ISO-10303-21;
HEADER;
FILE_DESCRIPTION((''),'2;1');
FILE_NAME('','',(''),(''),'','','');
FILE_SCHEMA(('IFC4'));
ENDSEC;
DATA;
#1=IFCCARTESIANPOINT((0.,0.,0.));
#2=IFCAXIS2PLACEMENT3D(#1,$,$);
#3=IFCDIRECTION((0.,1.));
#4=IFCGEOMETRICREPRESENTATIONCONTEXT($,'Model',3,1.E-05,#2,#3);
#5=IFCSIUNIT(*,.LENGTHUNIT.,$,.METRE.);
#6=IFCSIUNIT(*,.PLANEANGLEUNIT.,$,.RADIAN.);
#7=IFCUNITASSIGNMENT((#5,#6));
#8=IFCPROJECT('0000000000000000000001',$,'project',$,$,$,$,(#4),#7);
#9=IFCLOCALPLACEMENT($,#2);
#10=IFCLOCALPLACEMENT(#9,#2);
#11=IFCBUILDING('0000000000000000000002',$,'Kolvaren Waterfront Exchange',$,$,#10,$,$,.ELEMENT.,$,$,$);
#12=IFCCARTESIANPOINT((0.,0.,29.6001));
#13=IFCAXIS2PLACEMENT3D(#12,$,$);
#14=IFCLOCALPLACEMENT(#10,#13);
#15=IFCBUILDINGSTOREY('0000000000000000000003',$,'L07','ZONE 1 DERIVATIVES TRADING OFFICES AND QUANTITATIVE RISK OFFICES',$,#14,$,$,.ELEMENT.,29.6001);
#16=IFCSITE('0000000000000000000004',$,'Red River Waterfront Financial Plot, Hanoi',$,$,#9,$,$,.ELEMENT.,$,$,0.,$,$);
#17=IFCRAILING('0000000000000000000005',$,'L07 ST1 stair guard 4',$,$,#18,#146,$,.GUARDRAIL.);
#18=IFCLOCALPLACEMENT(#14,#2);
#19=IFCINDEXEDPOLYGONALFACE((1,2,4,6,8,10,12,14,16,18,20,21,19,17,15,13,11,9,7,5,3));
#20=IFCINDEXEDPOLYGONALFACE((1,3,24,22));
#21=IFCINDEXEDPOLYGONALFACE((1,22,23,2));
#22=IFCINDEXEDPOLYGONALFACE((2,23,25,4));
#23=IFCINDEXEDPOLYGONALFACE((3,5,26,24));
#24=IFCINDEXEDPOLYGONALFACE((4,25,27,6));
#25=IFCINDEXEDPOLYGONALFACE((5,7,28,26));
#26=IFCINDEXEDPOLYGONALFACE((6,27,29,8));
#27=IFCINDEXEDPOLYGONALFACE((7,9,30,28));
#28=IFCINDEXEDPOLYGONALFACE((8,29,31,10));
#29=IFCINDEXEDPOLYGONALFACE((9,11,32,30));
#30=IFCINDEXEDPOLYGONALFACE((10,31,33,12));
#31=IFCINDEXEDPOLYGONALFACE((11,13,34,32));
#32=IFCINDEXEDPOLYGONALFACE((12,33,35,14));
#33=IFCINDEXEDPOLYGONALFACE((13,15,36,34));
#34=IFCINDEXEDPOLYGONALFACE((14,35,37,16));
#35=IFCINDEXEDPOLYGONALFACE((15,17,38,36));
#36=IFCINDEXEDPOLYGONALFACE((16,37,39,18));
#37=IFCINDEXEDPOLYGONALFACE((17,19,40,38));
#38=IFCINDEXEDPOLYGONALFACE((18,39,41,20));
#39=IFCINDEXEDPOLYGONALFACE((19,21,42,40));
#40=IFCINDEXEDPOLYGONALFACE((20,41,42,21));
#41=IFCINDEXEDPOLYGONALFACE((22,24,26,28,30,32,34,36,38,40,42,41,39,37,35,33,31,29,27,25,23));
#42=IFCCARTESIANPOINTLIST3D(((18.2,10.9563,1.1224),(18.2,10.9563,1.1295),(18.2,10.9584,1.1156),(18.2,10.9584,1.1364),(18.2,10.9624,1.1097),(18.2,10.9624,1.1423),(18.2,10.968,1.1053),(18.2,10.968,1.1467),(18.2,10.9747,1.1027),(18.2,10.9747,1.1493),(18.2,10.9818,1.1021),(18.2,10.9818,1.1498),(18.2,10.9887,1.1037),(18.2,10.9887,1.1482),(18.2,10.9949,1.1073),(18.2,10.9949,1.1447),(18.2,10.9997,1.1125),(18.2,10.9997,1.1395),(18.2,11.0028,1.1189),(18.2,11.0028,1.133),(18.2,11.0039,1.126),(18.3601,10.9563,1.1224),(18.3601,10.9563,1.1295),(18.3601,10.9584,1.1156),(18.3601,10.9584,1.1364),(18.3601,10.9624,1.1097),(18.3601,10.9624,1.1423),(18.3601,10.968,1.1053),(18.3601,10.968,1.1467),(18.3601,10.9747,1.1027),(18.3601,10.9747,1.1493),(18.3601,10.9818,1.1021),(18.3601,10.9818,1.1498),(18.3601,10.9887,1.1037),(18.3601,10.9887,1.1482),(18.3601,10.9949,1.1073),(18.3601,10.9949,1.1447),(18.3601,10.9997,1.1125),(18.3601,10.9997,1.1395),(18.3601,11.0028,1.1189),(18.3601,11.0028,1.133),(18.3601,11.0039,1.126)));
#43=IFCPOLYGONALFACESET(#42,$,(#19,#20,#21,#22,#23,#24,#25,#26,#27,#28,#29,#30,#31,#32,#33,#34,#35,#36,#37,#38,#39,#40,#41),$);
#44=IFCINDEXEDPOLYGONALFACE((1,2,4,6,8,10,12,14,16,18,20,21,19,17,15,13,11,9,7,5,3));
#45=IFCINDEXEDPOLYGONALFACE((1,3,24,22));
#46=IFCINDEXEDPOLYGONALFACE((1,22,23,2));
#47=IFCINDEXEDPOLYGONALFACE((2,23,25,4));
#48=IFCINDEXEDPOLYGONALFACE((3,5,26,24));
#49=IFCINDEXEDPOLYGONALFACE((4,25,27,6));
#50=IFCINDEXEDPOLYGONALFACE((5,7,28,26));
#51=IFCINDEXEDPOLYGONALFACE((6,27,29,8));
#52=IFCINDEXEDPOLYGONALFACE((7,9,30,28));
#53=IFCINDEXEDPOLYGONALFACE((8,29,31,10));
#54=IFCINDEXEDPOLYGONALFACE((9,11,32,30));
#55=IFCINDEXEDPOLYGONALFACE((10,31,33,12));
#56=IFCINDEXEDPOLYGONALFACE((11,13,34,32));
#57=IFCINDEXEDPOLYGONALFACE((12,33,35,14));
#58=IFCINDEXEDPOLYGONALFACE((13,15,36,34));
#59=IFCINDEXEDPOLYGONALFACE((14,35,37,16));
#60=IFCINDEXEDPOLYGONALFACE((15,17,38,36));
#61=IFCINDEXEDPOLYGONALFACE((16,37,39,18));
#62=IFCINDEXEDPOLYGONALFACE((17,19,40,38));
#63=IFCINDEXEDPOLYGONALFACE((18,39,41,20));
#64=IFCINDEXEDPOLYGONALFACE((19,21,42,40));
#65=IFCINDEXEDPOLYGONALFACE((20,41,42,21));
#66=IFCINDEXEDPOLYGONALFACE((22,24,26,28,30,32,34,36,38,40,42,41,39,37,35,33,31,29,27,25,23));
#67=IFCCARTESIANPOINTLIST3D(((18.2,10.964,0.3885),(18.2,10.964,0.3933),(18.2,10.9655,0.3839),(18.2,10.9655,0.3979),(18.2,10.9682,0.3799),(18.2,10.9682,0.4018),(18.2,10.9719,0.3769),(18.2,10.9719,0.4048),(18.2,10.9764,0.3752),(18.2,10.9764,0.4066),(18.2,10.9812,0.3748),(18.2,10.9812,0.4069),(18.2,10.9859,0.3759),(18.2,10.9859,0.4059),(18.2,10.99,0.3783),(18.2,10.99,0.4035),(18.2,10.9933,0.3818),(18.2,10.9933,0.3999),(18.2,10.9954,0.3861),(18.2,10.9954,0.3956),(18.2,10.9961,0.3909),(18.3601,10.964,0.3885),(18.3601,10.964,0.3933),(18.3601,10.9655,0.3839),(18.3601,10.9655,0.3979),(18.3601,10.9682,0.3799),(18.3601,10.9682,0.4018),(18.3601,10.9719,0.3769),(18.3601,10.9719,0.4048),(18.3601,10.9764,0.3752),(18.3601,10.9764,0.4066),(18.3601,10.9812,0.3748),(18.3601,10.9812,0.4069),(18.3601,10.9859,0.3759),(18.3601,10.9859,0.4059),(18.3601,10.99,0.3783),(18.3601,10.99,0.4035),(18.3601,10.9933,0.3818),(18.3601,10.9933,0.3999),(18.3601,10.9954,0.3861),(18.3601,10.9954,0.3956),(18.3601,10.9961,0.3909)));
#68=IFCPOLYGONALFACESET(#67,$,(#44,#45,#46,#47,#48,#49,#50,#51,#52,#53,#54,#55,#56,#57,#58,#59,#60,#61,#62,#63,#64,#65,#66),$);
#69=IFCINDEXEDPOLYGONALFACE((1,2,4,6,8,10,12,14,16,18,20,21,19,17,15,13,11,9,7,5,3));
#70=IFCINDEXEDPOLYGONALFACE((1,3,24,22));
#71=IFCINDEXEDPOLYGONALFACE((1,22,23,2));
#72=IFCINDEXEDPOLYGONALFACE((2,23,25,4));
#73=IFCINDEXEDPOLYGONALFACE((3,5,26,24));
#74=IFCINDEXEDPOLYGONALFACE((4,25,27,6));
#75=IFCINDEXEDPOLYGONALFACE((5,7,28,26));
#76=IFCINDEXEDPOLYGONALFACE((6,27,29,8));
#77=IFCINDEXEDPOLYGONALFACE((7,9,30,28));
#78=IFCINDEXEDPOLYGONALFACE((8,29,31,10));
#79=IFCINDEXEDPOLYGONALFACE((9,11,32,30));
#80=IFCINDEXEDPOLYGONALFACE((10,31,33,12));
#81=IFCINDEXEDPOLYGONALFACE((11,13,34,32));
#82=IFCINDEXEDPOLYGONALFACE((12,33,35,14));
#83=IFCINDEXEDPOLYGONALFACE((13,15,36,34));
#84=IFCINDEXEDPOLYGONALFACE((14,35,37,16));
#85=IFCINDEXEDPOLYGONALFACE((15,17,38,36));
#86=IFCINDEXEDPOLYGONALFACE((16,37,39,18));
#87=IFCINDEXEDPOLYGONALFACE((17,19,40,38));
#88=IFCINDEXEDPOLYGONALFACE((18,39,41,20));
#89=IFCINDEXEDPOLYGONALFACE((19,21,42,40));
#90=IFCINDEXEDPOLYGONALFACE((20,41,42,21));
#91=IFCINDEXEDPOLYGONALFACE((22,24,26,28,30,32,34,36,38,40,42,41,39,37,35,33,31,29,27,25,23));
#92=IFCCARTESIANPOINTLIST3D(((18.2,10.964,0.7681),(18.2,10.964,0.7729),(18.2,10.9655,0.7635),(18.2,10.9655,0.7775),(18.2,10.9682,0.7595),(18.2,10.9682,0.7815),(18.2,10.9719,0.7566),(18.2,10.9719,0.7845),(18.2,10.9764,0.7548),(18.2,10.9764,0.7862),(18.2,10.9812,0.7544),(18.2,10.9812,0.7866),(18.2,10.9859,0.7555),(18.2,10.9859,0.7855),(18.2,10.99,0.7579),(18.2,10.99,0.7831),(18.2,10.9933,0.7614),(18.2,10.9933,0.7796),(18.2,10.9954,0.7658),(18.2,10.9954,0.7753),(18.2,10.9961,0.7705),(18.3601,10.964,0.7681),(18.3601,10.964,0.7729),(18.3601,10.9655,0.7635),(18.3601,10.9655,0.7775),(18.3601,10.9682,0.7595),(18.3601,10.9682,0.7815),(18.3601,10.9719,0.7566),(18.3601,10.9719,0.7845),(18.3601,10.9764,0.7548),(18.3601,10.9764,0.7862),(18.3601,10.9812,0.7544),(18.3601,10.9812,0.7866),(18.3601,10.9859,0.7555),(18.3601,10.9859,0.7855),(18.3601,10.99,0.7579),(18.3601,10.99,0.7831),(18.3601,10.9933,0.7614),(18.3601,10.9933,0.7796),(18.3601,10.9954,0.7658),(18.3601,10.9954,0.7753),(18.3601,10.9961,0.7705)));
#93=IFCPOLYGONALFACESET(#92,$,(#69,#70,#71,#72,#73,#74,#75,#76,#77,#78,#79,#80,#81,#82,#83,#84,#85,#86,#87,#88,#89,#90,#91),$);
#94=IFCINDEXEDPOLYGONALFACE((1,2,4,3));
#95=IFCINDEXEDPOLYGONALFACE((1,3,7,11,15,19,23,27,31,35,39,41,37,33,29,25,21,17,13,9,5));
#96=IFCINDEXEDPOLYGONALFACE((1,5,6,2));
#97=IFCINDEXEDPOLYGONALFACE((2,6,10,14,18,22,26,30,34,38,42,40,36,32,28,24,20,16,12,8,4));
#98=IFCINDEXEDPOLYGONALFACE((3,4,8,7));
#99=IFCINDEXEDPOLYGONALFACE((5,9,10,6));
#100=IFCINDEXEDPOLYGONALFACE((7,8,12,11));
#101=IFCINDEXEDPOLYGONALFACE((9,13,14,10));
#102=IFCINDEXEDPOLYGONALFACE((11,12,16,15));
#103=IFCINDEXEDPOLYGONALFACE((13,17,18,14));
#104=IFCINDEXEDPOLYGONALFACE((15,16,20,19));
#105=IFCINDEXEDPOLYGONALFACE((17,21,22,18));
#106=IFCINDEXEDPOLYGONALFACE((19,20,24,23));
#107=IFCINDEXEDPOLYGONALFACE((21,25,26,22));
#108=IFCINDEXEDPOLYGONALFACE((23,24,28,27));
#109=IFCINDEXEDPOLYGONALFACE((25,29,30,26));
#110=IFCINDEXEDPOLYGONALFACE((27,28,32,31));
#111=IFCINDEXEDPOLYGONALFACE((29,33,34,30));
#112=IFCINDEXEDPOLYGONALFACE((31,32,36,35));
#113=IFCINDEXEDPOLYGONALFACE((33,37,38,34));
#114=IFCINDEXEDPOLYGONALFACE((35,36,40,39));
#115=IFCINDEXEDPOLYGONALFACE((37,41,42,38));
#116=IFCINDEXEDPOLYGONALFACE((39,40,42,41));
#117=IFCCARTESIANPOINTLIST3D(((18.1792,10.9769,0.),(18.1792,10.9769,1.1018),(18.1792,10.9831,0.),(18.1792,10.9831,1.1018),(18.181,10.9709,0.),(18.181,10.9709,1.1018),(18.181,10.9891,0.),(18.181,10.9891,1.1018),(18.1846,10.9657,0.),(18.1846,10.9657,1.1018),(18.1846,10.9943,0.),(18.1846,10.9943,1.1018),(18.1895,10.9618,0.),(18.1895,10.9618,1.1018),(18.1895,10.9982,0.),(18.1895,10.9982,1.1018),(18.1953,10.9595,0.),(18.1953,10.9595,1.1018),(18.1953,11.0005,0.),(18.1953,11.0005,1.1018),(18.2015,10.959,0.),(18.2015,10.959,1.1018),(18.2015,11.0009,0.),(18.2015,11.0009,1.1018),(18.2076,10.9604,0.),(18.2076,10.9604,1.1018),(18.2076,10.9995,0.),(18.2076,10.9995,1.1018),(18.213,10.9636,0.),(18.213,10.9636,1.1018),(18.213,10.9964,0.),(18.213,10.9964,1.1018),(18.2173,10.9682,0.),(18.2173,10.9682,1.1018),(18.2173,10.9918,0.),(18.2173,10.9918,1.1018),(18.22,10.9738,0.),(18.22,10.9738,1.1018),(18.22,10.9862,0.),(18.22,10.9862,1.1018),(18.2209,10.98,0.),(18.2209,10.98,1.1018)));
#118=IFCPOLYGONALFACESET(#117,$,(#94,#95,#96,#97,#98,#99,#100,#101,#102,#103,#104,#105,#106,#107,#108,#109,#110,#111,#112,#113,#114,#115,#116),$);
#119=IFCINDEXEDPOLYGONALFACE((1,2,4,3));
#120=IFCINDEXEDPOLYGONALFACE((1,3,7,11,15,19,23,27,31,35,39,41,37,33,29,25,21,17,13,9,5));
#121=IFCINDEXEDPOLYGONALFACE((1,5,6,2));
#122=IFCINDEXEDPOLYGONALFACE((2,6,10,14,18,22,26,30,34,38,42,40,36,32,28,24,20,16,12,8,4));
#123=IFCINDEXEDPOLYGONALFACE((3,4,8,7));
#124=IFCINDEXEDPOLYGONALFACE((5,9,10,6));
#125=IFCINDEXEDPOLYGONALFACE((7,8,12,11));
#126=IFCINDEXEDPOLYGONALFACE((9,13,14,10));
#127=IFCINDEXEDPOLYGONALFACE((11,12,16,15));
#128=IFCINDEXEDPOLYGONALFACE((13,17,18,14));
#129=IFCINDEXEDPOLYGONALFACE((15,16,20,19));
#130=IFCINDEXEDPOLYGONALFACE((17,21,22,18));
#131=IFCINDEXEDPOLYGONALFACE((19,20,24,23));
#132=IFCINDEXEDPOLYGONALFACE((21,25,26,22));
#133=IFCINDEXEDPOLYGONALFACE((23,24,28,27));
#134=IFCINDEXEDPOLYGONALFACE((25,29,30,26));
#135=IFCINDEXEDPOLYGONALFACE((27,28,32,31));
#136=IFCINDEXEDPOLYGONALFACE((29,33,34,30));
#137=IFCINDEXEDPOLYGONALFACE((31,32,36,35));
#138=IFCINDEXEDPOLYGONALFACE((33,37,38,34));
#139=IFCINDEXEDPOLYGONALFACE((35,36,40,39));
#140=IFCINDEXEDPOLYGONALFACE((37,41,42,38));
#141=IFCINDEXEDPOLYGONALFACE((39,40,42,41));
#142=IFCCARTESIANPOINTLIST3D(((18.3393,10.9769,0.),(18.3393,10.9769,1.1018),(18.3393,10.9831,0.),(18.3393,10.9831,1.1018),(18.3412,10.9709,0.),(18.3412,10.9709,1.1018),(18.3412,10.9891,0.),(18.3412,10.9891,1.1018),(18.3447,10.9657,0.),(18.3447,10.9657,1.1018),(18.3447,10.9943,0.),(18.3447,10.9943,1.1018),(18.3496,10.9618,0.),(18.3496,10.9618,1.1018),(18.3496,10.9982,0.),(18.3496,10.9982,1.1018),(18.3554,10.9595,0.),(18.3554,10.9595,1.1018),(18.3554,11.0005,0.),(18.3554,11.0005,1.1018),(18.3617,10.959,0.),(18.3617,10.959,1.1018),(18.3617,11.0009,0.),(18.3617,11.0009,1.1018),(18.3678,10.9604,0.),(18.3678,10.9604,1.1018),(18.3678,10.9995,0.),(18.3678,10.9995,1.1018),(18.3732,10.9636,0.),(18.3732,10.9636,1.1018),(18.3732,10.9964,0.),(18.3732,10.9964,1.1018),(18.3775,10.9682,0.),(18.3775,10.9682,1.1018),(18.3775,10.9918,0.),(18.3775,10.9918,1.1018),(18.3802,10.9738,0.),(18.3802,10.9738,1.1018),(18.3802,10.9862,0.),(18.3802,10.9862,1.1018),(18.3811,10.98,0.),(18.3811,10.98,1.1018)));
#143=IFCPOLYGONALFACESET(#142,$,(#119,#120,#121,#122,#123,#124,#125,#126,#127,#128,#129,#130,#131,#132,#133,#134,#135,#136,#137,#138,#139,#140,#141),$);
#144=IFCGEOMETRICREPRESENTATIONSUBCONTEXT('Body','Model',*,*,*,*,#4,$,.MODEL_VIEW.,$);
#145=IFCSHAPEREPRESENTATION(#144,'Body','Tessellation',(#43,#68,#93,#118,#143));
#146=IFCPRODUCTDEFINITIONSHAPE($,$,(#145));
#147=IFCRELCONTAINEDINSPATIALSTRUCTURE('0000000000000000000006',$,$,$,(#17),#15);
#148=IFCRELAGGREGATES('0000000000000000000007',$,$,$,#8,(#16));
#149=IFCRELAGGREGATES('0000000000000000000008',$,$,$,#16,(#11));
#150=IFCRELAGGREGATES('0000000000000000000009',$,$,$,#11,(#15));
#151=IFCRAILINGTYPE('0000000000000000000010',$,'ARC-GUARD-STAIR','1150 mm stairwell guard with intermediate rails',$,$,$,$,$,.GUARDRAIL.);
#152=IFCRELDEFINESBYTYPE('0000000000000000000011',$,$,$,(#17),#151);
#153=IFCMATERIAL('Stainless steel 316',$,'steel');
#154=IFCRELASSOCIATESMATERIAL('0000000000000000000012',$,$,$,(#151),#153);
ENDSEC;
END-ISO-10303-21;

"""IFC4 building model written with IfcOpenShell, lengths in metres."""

from ifc_helpers import new_model, si_unit, direction, frame, origin, origin_2d, place, context, subcontext, project, spatial, circle, extrude, material, type_object, element, save


model = new_model("IFC4")

# Units and contexts
model_context = context("Model", 3, precision=1e-05, world=origin(), true_north=direction((0.0, 1.0)))
body_context = subcontext(model_context, "Body", "Model", "MODEL_VIEW")
ifc_project = project(units=[si_unit("LENGTHUNIT", "METRE"), si_unit("PLANEANGLEUNIT", "RADIAN")], contexts=[model_context])

# Site, building, storey
site_placement = place(None, origin())
site = spatial("IfcSite", under=ifc_project, at=site_placement, Name="Red River Waterfront Financial Plot, Hanoi", CompositionType="ELEMENT", RefElevation=0.0)
building_placement = place(site_placement, origin())
building = spatial("IfcBuilding", under=site, at=building_placement, Name="Kolvaren Waterfront Exchange", CompositionType="ELEMENT")
storey_placement = place(building_placement, frame((0.0, 0.0, 29.6001)))
storey = spatial("IfcBuildingStorey", under=building, at=storey_placement, Name="L07", Description="ZONE 1 DERIVATIVES TRADING OFFICES AND QUANTITATIVE RISK OFFICES", CompositionType="ELEMENT", Elevation=29.6001)

# Railing
ifc_material_1 = material(Name="Stainless steel 316", Category="steel")
railing_type_1 = type_object("IfcRailingType", Name="ARC-GUARD-STAIR", Description="1150 mm stairwell guard with intermediate rails", PredefinedType="GUARDRAIL", material=ifc_material_1)
railing_1_placement = place(storey_placement, frame((18.2, 10.98, 0.0)))
element("IfcRailing", 1, at=railing_1_placement, inside=storey, type_object=railing_type_1, Name="L07 ST1 stair guard 4", PredefinedType="GUARDRAIL", context=body_context, shape_type="SweptSolid", body=[
    extrude(circle(Radius=0.0239, at=origin_2d()), frame((0.0, 0.0, 1.126), z_axis=(1.0, 0.0, 0.0), x_axis=(0.0, 1.0, 0.0)), (0.0, 0.0, 1.0), 0.1602),
    extrude(circle(Radius=0.0161, at=origin_2d()), frame((0.0, 0.0, 0.3909), z_axis=(1.0, 0.0, 0.0), x_axis=(0.0, 1.0, 0.0)), (0.0, 0.0, 1.0), 0.1602),
    extrude(circle(Radius=0.0161, at=origin_2d()), frame((0.0, 0.0, 0.7705), z_axis=(1.0, 0.0, 0.0), x_axis=(0.0, 1.0, 0.0)), (0.0, 0.0, 1.0), 0.1602),
    extrude(circle(Radius=0.021, at=origin_2d()), origin(), (0.0, 0.0, 1.0), 1.1018),
    extrude(circle(Radius=0.021, at=origin_2d()), frame((0.1602, 0.0, 0.0)), (0.0, 0.0, 1.0), 1.1018),
])

save(model, "model.ifc")
